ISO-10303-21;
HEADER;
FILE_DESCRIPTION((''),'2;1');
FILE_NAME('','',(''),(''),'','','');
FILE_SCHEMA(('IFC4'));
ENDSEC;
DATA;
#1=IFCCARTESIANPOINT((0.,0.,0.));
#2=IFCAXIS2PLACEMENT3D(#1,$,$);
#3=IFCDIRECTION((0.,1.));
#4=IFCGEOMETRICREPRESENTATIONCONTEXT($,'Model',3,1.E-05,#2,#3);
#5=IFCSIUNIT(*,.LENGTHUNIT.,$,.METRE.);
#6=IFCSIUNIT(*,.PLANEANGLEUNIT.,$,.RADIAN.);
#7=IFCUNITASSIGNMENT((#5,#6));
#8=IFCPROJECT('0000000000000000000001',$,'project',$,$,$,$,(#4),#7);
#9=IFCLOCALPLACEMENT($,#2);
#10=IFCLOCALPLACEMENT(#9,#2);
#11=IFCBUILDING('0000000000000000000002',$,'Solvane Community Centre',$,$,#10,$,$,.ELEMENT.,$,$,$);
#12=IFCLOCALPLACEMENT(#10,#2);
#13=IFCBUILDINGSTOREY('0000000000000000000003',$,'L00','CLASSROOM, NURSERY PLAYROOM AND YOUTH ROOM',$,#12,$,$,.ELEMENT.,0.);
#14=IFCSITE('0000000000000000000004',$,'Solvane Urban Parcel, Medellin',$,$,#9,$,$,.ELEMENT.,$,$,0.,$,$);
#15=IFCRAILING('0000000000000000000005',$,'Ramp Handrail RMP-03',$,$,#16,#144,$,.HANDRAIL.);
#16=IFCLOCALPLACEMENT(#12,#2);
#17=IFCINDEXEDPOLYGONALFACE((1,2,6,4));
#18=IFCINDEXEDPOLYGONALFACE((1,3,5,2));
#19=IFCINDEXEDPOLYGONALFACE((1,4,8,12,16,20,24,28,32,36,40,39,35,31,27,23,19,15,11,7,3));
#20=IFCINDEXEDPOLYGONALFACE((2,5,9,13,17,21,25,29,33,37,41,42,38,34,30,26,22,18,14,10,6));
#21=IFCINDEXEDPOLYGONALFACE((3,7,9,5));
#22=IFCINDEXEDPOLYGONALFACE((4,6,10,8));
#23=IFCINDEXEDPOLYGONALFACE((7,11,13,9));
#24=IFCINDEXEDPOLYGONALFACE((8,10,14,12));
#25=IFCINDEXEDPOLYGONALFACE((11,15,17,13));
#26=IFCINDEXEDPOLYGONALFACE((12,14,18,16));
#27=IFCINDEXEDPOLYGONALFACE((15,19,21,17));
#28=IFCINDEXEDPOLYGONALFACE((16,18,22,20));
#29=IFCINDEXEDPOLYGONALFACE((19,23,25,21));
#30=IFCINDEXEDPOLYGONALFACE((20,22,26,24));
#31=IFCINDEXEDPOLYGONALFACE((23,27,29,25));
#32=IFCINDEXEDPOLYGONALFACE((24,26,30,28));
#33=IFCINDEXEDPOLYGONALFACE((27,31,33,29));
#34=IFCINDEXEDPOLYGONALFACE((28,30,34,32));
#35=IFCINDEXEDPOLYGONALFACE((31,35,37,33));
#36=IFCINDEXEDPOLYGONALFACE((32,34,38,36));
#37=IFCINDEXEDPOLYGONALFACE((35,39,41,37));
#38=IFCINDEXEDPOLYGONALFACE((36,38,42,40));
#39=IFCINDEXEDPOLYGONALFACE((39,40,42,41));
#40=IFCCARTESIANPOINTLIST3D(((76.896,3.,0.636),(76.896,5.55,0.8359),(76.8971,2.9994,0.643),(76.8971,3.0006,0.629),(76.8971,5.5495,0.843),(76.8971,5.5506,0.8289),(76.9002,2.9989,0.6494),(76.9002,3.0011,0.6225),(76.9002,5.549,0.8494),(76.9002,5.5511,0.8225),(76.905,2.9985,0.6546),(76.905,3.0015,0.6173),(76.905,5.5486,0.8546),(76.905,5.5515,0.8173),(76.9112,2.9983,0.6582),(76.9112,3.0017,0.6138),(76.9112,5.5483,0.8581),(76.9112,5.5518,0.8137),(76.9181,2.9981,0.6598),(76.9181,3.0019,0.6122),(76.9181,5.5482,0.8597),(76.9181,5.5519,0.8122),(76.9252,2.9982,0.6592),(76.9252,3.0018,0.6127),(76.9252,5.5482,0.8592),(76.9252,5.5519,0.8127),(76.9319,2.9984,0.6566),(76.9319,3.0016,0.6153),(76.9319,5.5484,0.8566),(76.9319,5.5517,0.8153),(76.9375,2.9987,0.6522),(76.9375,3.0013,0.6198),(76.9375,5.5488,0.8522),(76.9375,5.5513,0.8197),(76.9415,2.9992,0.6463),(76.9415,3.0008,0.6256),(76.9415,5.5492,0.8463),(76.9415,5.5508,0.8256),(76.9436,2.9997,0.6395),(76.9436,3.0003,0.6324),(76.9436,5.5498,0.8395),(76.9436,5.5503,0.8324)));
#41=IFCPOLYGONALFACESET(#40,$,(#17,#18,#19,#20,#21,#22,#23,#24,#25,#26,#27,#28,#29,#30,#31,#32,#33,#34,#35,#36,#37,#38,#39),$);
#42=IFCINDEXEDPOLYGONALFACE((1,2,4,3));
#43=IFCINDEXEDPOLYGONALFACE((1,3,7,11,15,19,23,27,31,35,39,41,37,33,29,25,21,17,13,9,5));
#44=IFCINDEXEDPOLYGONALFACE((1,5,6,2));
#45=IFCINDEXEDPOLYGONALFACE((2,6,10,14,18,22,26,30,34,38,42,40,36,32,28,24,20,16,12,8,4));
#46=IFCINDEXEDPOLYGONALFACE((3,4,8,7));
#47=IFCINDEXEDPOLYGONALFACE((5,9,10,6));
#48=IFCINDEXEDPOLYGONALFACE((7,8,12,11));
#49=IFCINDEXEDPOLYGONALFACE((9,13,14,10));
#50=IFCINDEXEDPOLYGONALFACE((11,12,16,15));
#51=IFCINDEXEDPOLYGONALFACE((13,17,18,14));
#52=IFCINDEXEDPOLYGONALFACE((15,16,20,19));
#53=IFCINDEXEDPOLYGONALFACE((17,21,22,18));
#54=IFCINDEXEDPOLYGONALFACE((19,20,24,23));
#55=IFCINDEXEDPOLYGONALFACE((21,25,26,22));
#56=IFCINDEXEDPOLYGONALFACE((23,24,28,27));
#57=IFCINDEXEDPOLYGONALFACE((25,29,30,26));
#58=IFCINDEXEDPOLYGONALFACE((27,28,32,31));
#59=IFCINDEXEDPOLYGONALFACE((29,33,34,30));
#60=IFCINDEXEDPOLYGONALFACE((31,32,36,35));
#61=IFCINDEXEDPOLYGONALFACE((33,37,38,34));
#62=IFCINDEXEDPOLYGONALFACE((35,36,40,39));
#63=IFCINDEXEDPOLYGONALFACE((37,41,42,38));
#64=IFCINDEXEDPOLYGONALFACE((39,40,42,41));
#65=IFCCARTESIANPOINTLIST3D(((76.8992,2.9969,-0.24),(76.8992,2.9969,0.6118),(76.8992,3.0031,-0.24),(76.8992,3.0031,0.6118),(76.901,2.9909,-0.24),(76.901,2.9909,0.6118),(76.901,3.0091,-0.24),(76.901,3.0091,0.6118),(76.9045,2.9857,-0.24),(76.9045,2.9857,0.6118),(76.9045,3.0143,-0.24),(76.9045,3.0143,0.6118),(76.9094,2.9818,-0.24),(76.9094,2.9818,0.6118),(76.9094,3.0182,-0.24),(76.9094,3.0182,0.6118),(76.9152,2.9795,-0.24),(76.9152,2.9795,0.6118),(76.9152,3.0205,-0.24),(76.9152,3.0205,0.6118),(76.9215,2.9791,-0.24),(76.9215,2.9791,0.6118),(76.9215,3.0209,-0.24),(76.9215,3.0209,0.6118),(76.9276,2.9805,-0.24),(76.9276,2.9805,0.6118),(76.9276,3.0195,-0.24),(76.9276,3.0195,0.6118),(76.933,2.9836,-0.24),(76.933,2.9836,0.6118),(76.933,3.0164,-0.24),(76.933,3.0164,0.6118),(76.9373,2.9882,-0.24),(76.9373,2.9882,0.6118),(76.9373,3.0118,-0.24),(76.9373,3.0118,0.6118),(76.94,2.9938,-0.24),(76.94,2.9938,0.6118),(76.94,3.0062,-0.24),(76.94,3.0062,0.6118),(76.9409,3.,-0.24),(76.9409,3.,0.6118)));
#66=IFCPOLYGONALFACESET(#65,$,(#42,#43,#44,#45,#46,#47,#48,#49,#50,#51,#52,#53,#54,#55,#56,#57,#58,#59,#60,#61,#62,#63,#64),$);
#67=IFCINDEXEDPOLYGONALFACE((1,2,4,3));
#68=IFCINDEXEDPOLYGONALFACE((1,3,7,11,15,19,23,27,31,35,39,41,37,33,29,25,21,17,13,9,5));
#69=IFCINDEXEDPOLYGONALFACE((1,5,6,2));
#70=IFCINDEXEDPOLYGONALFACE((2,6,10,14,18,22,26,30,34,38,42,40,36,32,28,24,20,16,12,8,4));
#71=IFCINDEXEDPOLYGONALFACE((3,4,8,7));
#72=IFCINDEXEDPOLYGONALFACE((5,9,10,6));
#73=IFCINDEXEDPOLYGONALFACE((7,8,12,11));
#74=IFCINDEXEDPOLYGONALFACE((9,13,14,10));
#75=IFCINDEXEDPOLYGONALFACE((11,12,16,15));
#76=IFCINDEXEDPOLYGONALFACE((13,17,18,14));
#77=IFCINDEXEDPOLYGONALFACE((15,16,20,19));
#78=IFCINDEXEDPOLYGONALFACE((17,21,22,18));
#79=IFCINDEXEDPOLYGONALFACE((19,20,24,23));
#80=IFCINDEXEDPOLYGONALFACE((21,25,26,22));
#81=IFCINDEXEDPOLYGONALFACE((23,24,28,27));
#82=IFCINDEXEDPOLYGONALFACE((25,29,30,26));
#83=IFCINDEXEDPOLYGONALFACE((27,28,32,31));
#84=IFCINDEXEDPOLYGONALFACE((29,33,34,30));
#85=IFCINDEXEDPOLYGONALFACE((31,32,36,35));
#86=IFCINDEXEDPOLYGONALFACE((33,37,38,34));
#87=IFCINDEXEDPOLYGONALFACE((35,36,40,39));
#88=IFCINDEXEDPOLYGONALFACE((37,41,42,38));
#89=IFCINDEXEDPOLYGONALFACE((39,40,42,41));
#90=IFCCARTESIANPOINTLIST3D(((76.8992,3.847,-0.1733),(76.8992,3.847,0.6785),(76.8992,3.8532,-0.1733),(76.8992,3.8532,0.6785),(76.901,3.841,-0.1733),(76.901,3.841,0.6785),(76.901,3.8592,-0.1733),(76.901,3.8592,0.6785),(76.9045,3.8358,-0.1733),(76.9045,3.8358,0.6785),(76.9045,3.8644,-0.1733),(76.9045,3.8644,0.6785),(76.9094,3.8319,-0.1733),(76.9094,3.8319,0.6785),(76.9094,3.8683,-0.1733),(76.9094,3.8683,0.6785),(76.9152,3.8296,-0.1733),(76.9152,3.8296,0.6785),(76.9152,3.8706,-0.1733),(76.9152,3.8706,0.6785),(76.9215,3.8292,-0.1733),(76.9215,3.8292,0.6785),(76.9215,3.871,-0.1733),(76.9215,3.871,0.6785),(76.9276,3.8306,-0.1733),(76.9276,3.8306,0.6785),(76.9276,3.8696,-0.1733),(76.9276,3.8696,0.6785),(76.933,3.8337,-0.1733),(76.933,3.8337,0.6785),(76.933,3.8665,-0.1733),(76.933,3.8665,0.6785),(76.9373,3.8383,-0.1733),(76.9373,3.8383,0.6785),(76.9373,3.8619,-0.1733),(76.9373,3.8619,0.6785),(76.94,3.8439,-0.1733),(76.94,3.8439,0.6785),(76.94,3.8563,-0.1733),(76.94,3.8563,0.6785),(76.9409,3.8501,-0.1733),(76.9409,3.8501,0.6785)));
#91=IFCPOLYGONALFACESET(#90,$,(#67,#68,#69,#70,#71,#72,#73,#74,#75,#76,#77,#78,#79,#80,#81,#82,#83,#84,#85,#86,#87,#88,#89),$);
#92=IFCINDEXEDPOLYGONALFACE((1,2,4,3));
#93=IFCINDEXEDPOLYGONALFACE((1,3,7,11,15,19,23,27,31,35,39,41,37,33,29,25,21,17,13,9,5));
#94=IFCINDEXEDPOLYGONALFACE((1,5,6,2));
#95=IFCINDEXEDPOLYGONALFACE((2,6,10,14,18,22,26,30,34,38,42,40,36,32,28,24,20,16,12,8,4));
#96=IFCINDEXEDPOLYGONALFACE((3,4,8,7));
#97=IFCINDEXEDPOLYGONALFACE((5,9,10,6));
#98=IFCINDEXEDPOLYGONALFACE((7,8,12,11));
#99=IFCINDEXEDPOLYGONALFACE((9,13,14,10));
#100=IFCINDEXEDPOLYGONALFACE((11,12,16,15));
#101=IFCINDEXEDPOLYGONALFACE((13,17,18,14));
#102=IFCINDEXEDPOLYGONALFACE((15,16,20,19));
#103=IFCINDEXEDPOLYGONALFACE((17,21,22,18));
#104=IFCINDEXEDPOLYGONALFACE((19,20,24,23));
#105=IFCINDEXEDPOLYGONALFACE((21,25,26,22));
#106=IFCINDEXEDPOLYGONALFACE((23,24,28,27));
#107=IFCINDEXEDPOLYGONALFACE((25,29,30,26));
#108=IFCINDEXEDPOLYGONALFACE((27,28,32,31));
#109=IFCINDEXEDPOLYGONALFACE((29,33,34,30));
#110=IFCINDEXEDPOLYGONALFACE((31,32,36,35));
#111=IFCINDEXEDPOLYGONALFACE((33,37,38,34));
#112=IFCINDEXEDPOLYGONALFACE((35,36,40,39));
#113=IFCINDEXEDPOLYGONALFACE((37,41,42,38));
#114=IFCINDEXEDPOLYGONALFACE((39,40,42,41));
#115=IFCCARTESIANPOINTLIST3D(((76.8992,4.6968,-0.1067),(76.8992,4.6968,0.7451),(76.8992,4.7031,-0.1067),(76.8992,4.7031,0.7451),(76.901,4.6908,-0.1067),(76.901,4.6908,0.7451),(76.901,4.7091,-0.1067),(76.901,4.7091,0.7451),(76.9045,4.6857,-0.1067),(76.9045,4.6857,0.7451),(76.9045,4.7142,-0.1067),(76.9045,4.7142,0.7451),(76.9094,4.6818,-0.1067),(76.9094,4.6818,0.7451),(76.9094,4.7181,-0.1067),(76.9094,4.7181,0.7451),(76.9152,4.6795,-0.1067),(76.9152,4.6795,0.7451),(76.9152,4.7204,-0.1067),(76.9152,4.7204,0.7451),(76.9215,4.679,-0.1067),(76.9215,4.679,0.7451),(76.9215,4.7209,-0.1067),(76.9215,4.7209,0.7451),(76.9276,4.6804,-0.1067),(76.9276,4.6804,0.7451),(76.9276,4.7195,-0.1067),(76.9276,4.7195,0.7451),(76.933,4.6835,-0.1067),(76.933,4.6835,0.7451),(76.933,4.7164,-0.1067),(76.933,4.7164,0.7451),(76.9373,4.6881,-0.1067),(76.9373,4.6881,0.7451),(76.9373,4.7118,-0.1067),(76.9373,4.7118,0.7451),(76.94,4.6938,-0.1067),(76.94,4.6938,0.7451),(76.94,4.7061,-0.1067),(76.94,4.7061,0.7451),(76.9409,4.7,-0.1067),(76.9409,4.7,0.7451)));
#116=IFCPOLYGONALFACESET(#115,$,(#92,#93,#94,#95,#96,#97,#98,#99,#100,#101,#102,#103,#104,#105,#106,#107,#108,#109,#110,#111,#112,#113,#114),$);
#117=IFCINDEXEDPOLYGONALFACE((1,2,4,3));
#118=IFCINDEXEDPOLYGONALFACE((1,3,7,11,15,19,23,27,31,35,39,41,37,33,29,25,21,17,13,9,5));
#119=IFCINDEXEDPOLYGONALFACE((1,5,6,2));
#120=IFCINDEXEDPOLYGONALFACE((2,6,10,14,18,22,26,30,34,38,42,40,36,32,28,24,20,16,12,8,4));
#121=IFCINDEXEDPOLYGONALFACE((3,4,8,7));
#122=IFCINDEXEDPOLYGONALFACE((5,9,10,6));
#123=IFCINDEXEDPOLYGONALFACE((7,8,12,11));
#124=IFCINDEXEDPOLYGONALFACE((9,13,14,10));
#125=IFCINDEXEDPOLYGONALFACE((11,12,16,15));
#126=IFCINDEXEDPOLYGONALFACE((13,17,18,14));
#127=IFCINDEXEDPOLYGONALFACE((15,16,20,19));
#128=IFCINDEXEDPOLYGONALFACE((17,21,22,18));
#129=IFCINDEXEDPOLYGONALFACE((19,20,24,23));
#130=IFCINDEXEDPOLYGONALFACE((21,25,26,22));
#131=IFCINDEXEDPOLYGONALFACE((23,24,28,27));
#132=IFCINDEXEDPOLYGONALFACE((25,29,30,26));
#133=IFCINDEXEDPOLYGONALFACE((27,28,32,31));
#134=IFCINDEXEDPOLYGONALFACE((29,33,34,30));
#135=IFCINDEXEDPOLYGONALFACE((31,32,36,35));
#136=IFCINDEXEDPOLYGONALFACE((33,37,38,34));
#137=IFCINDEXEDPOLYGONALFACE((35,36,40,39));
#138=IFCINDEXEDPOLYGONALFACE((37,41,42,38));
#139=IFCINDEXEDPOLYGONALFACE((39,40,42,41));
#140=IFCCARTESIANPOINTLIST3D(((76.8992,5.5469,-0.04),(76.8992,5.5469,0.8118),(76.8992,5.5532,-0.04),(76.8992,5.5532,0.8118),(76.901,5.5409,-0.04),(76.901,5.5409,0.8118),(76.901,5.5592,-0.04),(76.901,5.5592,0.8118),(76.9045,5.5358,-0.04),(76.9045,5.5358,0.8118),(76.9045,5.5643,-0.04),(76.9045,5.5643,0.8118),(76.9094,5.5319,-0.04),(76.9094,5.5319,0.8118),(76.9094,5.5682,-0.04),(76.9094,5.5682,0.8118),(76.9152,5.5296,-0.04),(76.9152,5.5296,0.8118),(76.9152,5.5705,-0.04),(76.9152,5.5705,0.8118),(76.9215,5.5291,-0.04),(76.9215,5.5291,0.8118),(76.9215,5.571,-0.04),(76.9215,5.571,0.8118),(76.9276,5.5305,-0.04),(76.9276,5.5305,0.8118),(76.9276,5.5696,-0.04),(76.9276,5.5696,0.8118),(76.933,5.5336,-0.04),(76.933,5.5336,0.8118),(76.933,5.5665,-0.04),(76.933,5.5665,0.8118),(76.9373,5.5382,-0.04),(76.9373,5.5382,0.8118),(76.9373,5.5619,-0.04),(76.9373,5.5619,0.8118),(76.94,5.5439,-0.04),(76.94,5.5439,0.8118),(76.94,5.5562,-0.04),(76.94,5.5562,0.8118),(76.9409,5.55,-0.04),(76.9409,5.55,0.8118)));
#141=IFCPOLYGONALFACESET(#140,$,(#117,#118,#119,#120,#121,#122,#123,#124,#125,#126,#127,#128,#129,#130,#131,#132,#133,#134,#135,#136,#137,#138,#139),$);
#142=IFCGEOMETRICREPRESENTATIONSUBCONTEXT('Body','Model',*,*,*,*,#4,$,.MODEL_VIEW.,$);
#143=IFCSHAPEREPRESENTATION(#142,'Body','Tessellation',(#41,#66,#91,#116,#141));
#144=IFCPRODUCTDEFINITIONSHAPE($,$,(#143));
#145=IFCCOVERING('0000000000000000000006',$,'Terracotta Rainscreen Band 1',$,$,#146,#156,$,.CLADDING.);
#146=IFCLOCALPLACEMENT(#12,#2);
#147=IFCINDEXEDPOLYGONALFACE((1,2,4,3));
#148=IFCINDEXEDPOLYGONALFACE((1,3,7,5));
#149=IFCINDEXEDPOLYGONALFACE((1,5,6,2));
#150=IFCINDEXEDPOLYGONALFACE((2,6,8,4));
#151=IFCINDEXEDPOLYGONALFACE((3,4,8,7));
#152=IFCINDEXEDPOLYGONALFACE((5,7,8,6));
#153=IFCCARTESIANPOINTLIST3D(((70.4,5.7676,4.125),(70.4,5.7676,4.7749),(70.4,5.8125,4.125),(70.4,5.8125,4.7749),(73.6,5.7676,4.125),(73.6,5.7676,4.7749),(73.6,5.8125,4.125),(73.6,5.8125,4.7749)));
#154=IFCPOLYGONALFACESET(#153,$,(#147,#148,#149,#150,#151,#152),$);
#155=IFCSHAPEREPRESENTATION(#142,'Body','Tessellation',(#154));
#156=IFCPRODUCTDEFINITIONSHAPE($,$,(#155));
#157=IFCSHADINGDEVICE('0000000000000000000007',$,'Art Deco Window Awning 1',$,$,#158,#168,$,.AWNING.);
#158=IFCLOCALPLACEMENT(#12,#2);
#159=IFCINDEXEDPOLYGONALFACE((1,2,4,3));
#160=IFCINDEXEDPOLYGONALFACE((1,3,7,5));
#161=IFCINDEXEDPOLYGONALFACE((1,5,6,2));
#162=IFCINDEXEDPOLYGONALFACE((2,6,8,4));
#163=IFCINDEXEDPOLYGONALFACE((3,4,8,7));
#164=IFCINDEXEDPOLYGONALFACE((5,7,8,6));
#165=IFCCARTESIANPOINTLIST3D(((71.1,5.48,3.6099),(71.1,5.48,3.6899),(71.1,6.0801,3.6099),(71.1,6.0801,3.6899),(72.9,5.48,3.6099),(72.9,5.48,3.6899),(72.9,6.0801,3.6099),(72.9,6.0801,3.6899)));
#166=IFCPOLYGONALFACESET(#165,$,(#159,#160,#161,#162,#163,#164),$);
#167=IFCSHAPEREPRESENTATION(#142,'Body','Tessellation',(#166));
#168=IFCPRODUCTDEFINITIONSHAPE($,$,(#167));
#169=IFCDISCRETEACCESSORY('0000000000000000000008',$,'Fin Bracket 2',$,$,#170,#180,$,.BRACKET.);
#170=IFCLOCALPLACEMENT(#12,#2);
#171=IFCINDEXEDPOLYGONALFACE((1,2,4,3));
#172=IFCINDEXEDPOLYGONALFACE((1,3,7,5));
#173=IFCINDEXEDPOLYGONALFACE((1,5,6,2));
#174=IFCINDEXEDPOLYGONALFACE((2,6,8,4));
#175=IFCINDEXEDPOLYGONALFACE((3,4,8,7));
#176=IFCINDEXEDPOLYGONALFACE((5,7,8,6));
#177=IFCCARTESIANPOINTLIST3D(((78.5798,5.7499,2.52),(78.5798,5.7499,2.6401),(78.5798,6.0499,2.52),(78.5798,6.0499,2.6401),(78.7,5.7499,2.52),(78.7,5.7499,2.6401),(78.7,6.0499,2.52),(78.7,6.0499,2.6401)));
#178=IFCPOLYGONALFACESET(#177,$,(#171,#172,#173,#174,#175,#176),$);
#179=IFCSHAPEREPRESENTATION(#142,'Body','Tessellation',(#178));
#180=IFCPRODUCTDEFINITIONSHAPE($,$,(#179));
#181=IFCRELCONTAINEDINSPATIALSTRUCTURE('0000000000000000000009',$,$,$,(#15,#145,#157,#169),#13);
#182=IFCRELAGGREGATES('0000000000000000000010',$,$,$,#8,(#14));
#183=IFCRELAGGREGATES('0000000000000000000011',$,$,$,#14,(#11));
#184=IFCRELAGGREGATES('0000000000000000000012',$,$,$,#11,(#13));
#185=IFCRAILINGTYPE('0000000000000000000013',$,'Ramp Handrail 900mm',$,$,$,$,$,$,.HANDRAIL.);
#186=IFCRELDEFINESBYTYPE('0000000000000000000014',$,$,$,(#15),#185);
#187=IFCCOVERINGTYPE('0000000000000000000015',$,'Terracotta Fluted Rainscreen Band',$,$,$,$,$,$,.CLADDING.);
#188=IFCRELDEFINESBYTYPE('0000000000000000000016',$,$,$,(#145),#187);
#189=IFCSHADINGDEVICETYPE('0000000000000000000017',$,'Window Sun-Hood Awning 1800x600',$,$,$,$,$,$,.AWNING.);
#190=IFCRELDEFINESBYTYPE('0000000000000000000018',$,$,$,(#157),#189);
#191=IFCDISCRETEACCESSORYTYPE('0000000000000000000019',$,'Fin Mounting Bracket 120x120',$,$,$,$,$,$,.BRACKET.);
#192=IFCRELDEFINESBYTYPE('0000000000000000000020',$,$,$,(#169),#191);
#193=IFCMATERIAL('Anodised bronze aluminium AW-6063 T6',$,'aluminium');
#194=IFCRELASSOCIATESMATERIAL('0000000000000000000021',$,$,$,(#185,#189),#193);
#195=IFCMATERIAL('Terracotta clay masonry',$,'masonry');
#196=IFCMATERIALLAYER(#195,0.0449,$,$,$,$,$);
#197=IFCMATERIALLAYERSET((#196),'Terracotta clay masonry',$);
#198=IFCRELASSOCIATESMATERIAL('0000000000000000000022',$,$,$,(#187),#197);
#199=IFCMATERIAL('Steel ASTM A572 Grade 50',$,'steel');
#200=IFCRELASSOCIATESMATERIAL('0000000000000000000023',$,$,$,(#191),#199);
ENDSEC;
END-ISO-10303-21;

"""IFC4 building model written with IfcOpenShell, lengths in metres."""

from ifc_helpers import new_model, si_unit, direction, frame, origin, origin_2d, place, context, subcontext, project, spatial, rectangle, circle, extrude, material, layer, layer_set, type_object, element, save


model = new_model("IFC4")

# Units and contexts
model_context = context("Model", 3, precision=1e-05, world=origin(), true_north=direction((0.0, 1.0)))
body_context = subcontext(model_context, "Body", "Model", "MODEL_VIEW")
ifc_project = project(units=[si_unit("LENGTHUNIT", "METRE"), si_unit("PLANEANGLEUNIT", "RADIAN")], contexts=[model_context])

# Site, building, storey
site_placement = place(None, origin())
site = spatial("IfcSite", under=ifc_project, at=site_placement, Name="Solvane Urban Parcel, Medellin", CompositionType="ELEMENT", RefElevation=0.0)
building_placement = place(site_placement, origin())
building = spatial("IfcBuilding", under=site, at=building_placement, Name="Solvane Community Centre", CompositionType="ELEMENT")
storey_placement = place(building_placement, origin())
storey = spatial("IfcBuildingStorey", under=building, at=storey_placement, Name="L00", Description="CLASSROOM, NURSERY PLAYROOM AND YOUTH ROOM", CompositionType="ELEMENT", Elevation=0.0)

# Shared definitions
ifc_material_1 = material(Name="Anodised bronze aluminium AW-6063 T6", Category="aluminium")

# Shared definitions
ifc_material_2 = material(Name="Terracotta clay masonry", Category="masonry")

# Railing
railing_type = type_object("IfcRailingType", Name="Ramp Handrail 900mm", PredefinedType="HANDRAIL", material=ifc_material_1)
railing_placement = place(storey_placement, frame((76.9199, 3.0, -0.24)))
element("IfcRailing", 1, at=railing_placement, inside=storey, type_object=railing_type, Name="Ramp Handrail RMP-03", PredefinedType="HANDRAIL", context=body_context, shape_type="SweptSolid", body=[
    extrude(circle(Radius=0.0239, at=origin_2d()), frame((0.0, 0.0, 0.876), z_axis=(0.0, 0.99694, 0.078171), x_axis=(-1.0, 0.0, 0.0)), (0.0, 0.0, 1.0), 2.5579),
    extrude(circle(Radius=0.021, at=origin_2d()), origin(), (0.0, 0.0, 1.0), 0.8518),
    extrude(circle(Radius=0.021, at=origin_2d()), frame((0.0, 0.8501, 0.0667)), (0.0, 0.0, 1.0), 0.8518),
    extrude(circle(Radius=0.021, at=origin_2d()), frame((0.0, 1.7, 0.1333)), (0.0, 0.0, 1.0), 0.8518),
    extrude(circle(Radius=0.021, at=origin_2d()), frame((0.0, 2.55, 0.2)), (0.0, 0.0, 1.0), 0.8518),
])

# Covering
ifc_layer_1 = layer(ifc_material_2, 0.0449)
ifc_layer_set_1 = layer_set([ifc_layer_1], Name="Terracotta clay masonry")
covering_type = type_object("IfcCoveringType", Name="Terracotta Fluted Rainscreen Band", PredefinedType="CLADDING", material=ifc_layer_set_1)
covering_placement = place(storey_placement, frame((72.0, 5.79, 4.125), z_axis=(0.0, 0.0, 1.0), x_axis=(1.0, 0.0, 0.0)))
element("IfcCovering", 2, at=covering_placement, inside=storey, type_object=covering_type, Name="Terracotta Rainscreen Band 1", PredefinedType="CLADDING", context=body_context, shape_type="SweptSolid", body=[
    extrude(rectangle(XDim=3.2, YDim=0.0449, at=origin_2d()), origin(), (0.0, 0.0, 1.0), 0.6499),
])

# Shading device
shading_device_type_1 = type_object("IfcShadingDeviceType", Name="Window Sun-Hood Awning 1800x600", PredefinedType="AWNING", material=ifc_material_1)
shading_device_1_placement = place(storey_placement, frame((72.0, 5.78, 3.6099), z_axis=(0.0, 0.0, 1.0), x_axis=(1.0, 0.0, 0.0)))
element("IfcShadingDevice", 3, at=shading_device_1_placement, inside=storey, type_object=shading_device_type_1, Name="Art Deco Window Awning 1", PredefinedType="AWNING", context=body_context, shape_type="SweptSolid", body=[
    extrude(rectangle(XDim=1.8, YDim=0.6001, at=origin_2d()), origin(), (0.0, 0.0, 1.0), 0.0801),
])

# Discrete accessory
ifc_material_3 = material(Name="Steel ASTM A572 Grade 50", Category="steel")
discrete_accessory_type = type_object("IfcDiscreteAccessoryType", Name="Fin Mounting Bracket 120x120", PredefinedType="BRACKET", material=ifc_material_3)
discrete_accessory_placement = place(storey_placement, frame((78.6399, 5.8999, 2.52), z_axis=(0.0, 0.0, 1.0), x_axis=(-1.0, 0.0, 0.0)))
element("IfcDiscreteAccessory", 4, at=discrete_accessory_placement, inside=storey, type_object=discrete_accessory_type, Name="Fin Bracket 2", PredefinedType="BRACKET", context=body_context, shape_type="SweptSolid", body=[
    extrude(rectangle(XDim=0.1201, YDim=0.3, at=origin_2d()), origin(), (0.0, 0.0, 1.0), 0.1201),
])

save(model, "model.ifc")
